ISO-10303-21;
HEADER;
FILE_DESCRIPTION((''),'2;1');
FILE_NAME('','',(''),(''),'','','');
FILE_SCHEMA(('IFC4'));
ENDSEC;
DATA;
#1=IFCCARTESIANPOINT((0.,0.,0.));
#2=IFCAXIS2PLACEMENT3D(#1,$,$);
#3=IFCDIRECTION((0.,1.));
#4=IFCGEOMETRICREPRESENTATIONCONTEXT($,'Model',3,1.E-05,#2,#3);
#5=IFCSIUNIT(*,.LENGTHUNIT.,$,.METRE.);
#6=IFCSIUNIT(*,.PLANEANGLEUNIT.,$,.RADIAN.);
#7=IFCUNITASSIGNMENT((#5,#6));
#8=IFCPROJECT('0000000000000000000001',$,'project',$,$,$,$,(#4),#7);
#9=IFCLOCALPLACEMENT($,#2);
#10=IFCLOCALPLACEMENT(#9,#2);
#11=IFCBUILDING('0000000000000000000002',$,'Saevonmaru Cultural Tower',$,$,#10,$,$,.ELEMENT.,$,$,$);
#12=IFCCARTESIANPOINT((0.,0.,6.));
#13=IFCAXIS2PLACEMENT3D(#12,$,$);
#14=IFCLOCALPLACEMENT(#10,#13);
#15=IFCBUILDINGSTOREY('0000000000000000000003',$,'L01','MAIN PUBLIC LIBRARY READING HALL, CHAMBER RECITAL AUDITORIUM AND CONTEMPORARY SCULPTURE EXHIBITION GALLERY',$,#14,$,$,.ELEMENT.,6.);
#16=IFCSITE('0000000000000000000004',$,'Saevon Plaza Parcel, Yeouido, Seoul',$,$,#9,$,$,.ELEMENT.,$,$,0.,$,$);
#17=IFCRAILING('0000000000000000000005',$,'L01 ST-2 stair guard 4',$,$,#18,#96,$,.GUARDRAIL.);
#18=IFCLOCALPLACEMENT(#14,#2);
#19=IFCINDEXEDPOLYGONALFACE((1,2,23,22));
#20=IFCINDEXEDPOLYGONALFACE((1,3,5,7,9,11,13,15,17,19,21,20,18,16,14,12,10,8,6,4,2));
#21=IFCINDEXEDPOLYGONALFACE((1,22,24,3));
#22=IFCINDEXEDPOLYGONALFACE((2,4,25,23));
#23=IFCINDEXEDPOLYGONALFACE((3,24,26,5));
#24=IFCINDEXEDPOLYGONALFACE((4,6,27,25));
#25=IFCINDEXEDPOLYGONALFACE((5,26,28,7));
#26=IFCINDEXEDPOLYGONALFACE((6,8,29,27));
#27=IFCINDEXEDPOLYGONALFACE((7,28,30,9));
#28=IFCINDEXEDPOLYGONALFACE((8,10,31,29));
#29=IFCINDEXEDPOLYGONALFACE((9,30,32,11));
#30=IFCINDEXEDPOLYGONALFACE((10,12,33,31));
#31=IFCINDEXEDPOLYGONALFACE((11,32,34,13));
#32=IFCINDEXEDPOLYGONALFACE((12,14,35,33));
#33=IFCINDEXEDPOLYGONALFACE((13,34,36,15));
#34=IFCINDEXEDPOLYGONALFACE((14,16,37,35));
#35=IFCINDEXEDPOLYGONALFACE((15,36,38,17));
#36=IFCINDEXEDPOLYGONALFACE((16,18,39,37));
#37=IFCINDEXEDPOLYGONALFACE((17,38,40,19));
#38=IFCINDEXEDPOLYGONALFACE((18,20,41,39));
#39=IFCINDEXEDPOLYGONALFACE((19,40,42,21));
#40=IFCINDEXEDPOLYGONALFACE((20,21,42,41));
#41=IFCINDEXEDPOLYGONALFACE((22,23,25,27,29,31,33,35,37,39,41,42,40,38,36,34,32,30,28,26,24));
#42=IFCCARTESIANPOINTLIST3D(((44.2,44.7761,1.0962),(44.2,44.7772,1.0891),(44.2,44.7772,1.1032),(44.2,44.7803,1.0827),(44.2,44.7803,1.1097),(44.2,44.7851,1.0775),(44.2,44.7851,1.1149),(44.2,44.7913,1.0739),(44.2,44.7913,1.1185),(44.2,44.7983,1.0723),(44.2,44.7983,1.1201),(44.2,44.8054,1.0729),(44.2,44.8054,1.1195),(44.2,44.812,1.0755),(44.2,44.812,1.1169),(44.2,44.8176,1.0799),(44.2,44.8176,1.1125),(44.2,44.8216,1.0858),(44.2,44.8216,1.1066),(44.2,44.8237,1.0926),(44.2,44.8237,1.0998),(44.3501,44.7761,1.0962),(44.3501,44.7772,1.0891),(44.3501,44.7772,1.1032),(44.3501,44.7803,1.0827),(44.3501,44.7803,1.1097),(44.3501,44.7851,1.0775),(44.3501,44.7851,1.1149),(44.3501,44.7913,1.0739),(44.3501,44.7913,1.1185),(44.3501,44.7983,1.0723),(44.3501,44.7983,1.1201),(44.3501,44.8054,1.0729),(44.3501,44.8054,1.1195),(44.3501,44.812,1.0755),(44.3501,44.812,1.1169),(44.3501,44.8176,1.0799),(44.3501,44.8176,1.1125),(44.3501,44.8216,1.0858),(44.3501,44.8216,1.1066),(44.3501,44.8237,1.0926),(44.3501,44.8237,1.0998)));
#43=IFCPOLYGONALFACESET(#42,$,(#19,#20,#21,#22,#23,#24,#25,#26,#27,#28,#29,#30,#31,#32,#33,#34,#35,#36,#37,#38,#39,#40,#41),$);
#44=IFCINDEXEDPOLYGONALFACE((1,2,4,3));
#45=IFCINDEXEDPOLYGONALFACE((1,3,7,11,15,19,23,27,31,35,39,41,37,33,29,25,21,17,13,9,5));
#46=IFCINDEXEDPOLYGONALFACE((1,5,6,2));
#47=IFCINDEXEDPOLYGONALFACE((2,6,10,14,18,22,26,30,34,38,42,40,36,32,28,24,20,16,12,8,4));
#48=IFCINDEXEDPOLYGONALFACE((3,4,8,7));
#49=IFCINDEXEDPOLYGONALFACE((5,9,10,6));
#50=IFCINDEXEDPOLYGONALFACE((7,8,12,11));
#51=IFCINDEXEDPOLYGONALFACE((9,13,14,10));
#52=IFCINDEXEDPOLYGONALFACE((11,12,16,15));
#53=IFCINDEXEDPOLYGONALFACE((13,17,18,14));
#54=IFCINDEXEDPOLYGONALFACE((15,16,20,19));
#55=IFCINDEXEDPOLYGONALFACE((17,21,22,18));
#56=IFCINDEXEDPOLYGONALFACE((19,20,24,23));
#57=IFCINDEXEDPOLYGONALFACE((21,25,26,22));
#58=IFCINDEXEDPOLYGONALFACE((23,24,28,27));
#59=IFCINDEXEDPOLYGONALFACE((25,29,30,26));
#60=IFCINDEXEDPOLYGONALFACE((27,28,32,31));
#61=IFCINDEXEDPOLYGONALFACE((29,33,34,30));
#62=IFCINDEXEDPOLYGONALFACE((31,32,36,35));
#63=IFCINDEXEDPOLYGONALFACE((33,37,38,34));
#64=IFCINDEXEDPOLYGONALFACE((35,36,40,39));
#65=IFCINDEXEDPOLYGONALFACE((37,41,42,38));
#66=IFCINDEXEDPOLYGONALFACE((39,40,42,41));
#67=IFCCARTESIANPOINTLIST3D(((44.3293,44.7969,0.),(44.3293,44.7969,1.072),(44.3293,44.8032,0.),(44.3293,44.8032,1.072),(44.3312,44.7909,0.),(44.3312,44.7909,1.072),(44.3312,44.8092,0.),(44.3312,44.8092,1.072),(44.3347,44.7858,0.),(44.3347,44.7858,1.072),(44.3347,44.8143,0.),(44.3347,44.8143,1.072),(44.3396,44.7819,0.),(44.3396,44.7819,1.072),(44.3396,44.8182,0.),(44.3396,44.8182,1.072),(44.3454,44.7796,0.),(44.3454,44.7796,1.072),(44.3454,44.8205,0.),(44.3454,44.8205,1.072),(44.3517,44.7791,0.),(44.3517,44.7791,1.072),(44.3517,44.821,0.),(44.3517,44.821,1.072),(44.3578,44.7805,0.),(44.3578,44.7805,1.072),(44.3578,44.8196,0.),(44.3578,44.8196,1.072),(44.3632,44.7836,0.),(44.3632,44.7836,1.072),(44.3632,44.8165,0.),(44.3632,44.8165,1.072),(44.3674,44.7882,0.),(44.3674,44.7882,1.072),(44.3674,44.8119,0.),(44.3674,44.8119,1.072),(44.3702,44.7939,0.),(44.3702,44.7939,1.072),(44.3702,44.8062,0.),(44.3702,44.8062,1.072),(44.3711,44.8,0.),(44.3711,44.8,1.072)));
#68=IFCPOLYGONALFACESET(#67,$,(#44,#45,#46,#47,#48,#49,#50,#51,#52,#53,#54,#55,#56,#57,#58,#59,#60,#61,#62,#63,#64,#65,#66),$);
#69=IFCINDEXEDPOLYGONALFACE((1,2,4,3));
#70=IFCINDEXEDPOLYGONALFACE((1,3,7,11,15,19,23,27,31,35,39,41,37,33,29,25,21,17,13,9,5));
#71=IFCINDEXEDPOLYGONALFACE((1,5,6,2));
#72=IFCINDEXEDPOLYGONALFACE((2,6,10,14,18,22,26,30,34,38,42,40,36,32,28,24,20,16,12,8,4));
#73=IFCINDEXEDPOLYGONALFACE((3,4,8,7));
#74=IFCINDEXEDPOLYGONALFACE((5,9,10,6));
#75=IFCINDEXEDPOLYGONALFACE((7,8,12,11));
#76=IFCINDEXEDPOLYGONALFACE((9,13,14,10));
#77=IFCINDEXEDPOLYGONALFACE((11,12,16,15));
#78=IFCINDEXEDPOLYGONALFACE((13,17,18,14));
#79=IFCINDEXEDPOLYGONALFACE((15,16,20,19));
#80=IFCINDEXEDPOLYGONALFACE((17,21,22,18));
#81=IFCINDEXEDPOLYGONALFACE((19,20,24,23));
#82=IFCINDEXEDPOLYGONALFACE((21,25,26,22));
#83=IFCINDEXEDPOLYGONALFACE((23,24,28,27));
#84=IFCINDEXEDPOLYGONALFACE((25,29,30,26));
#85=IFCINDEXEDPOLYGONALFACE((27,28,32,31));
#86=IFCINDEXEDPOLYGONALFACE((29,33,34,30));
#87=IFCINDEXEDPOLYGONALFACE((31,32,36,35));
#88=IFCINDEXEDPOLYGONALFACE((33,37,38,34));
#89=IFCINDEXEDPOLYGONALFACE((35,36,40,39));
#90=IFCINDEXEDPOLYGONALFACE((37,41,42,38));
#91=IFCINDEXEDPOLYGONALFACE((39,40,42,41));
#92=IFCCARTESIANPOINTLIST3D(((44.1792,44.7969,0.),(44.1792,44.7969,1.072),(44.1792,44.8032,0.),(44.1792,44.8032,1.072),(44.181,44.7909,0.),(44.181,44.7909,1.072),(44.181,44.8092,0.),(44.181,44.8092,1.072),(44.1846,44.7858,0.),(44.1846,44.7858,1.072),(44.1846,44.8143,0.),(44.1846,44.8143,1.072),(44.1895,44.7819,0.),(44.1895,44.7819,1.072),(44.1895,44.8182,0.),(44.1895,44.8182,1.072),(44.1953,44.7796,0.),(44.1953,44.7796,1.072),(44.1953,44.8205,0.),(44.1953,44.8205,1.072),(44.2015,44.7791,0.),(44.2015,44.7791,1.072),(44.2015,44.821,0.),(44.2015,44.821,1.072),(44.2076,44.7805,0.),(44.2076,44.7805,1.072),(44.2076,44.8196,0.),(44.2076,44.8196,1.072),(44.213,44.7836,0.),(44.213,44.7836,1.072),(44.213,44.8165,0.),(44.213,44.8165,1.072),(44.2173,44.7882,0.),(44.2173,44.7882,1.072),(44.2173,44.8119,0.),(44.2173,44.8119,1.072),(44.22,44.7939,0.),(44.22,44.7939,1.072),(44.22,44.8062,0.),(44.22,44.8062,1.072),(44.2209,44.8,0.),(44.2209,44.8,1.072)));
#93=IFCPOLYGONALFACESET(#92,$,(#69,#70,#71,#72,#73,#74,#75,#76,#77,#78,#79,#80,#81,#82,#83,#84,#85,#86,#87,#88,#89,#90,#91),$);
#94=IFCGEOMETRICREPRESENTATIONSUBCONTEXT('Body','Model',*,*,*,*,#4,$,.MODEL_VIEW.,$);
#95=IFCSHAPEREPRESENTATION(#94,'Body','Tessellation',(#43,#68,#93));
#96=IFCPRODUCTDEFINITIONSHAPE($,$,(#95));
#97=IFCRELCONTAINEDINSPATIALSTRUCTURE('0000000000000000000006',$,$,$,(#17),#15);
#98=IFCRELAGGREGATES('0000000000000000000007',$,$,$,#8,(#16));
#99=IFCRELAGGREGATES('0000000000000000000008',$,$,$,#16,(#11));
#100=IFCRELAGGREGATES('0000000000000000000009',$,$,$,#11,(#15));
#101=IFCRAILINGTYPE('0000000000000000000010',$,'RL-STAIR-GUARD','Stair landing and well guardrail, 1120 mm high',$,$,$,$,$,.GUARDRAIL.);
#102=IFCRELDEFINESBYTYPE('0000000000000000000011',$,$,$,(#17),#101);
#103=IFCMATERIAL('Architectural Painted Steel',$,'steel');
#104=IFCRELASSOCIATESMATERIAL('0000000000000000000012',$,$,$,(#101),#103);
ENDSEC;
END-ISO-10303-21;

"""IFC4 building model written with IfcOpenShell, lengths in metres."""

from ifc_helpers import new_model, si_unit, direction, frame, origin, origin_2d, place, context, subcontext, project, spatial, circle, extrude, material, type_object, element, save


model = new_model("IFC4")

# Units and contexts
model_context = context("Model", 3, precision=1e-05, world=origin(), true_north=direction((0.0, 1.0)))
body_context = subcontext(model_context, "Body", "Model", "MODEL_VIEW")
ifc_project = project(units=[si_unit("LENGTHUNIT", "METRE"), si_unit("PLANEANGLEUNIT", "RADIAN")], contexts=[model_context])

# Site, building, storey
site_placement = place(None, origin())
site = spatial("IfcSite", under=ifc_project, at=site_placement, Name="Saevon Plaza Parcel, Yeouido, Seoul", CompositionType="ELEMENT", RefElevation=0.0)
building_placement = place(site_placement, origin())
building = spatial("IfcBuilding", under=site, at=building_placement, Name="Saevonmaru Cultural Tower", CompositionType="ELEMENT")
storey_placement = place(building_placement, frame((0.0, 0.0, 6.0)))
storey = spatial("IfcBuildingStorey", under=building, at=storey_placement, Name="L01", Description="MAIN PUBLIC LIBRARY READING HALL, CHAMBER RECITAL AUDITORIUM AND CONTEMPORARY SCULPTURE EXHIBITION GALLERY", CompositionType="ELEMENT", Elevation=6.0)

# Railing
ifc_material_1 = material(Name="Architectural Painted Steel", Category="steel")
railing_type_1 = type_object("IfcRailingType", Name="RL-STAIR-GUARD", Description="Stair landing and well guardrail, 1120 mm high", PredefinedType="GUARDRAIL", material=ifc_material_1)
railing_1_placement = place(storey_placement, frame((44.3501, 44.8, 0.0)))
element("IfcRailing", 1, at=railing_1_placement, inside=storey, type_object=railing_type_1, Name="L01 ST-2 stair guard 4", PredefinedType="GUARDRAIL", context=body_context, shape_type="SweptSolid", body=[
    extrude(circle(Radius=0.0239, at=origin_2d()), frame((0.0, 0.0, 1.0962), z_axis=(-1.0, 0.0, 0.0), x_axis=(0.0, -1.0, 0.0)), (0.0, 0.0, 1.0), 0.1501),
    extrude(circle(Radius=0.021, at=origin_2d()), origin(), (0.0, 0.0, 1.0), 1.072),
    extrude(circle(Radius=0.021, at=origin_2d()), frame((-0.1501, 0.0, 0.0)), (0.0, 0.0, 1.0), 1.072),
])

save(model, "model.ifc")
